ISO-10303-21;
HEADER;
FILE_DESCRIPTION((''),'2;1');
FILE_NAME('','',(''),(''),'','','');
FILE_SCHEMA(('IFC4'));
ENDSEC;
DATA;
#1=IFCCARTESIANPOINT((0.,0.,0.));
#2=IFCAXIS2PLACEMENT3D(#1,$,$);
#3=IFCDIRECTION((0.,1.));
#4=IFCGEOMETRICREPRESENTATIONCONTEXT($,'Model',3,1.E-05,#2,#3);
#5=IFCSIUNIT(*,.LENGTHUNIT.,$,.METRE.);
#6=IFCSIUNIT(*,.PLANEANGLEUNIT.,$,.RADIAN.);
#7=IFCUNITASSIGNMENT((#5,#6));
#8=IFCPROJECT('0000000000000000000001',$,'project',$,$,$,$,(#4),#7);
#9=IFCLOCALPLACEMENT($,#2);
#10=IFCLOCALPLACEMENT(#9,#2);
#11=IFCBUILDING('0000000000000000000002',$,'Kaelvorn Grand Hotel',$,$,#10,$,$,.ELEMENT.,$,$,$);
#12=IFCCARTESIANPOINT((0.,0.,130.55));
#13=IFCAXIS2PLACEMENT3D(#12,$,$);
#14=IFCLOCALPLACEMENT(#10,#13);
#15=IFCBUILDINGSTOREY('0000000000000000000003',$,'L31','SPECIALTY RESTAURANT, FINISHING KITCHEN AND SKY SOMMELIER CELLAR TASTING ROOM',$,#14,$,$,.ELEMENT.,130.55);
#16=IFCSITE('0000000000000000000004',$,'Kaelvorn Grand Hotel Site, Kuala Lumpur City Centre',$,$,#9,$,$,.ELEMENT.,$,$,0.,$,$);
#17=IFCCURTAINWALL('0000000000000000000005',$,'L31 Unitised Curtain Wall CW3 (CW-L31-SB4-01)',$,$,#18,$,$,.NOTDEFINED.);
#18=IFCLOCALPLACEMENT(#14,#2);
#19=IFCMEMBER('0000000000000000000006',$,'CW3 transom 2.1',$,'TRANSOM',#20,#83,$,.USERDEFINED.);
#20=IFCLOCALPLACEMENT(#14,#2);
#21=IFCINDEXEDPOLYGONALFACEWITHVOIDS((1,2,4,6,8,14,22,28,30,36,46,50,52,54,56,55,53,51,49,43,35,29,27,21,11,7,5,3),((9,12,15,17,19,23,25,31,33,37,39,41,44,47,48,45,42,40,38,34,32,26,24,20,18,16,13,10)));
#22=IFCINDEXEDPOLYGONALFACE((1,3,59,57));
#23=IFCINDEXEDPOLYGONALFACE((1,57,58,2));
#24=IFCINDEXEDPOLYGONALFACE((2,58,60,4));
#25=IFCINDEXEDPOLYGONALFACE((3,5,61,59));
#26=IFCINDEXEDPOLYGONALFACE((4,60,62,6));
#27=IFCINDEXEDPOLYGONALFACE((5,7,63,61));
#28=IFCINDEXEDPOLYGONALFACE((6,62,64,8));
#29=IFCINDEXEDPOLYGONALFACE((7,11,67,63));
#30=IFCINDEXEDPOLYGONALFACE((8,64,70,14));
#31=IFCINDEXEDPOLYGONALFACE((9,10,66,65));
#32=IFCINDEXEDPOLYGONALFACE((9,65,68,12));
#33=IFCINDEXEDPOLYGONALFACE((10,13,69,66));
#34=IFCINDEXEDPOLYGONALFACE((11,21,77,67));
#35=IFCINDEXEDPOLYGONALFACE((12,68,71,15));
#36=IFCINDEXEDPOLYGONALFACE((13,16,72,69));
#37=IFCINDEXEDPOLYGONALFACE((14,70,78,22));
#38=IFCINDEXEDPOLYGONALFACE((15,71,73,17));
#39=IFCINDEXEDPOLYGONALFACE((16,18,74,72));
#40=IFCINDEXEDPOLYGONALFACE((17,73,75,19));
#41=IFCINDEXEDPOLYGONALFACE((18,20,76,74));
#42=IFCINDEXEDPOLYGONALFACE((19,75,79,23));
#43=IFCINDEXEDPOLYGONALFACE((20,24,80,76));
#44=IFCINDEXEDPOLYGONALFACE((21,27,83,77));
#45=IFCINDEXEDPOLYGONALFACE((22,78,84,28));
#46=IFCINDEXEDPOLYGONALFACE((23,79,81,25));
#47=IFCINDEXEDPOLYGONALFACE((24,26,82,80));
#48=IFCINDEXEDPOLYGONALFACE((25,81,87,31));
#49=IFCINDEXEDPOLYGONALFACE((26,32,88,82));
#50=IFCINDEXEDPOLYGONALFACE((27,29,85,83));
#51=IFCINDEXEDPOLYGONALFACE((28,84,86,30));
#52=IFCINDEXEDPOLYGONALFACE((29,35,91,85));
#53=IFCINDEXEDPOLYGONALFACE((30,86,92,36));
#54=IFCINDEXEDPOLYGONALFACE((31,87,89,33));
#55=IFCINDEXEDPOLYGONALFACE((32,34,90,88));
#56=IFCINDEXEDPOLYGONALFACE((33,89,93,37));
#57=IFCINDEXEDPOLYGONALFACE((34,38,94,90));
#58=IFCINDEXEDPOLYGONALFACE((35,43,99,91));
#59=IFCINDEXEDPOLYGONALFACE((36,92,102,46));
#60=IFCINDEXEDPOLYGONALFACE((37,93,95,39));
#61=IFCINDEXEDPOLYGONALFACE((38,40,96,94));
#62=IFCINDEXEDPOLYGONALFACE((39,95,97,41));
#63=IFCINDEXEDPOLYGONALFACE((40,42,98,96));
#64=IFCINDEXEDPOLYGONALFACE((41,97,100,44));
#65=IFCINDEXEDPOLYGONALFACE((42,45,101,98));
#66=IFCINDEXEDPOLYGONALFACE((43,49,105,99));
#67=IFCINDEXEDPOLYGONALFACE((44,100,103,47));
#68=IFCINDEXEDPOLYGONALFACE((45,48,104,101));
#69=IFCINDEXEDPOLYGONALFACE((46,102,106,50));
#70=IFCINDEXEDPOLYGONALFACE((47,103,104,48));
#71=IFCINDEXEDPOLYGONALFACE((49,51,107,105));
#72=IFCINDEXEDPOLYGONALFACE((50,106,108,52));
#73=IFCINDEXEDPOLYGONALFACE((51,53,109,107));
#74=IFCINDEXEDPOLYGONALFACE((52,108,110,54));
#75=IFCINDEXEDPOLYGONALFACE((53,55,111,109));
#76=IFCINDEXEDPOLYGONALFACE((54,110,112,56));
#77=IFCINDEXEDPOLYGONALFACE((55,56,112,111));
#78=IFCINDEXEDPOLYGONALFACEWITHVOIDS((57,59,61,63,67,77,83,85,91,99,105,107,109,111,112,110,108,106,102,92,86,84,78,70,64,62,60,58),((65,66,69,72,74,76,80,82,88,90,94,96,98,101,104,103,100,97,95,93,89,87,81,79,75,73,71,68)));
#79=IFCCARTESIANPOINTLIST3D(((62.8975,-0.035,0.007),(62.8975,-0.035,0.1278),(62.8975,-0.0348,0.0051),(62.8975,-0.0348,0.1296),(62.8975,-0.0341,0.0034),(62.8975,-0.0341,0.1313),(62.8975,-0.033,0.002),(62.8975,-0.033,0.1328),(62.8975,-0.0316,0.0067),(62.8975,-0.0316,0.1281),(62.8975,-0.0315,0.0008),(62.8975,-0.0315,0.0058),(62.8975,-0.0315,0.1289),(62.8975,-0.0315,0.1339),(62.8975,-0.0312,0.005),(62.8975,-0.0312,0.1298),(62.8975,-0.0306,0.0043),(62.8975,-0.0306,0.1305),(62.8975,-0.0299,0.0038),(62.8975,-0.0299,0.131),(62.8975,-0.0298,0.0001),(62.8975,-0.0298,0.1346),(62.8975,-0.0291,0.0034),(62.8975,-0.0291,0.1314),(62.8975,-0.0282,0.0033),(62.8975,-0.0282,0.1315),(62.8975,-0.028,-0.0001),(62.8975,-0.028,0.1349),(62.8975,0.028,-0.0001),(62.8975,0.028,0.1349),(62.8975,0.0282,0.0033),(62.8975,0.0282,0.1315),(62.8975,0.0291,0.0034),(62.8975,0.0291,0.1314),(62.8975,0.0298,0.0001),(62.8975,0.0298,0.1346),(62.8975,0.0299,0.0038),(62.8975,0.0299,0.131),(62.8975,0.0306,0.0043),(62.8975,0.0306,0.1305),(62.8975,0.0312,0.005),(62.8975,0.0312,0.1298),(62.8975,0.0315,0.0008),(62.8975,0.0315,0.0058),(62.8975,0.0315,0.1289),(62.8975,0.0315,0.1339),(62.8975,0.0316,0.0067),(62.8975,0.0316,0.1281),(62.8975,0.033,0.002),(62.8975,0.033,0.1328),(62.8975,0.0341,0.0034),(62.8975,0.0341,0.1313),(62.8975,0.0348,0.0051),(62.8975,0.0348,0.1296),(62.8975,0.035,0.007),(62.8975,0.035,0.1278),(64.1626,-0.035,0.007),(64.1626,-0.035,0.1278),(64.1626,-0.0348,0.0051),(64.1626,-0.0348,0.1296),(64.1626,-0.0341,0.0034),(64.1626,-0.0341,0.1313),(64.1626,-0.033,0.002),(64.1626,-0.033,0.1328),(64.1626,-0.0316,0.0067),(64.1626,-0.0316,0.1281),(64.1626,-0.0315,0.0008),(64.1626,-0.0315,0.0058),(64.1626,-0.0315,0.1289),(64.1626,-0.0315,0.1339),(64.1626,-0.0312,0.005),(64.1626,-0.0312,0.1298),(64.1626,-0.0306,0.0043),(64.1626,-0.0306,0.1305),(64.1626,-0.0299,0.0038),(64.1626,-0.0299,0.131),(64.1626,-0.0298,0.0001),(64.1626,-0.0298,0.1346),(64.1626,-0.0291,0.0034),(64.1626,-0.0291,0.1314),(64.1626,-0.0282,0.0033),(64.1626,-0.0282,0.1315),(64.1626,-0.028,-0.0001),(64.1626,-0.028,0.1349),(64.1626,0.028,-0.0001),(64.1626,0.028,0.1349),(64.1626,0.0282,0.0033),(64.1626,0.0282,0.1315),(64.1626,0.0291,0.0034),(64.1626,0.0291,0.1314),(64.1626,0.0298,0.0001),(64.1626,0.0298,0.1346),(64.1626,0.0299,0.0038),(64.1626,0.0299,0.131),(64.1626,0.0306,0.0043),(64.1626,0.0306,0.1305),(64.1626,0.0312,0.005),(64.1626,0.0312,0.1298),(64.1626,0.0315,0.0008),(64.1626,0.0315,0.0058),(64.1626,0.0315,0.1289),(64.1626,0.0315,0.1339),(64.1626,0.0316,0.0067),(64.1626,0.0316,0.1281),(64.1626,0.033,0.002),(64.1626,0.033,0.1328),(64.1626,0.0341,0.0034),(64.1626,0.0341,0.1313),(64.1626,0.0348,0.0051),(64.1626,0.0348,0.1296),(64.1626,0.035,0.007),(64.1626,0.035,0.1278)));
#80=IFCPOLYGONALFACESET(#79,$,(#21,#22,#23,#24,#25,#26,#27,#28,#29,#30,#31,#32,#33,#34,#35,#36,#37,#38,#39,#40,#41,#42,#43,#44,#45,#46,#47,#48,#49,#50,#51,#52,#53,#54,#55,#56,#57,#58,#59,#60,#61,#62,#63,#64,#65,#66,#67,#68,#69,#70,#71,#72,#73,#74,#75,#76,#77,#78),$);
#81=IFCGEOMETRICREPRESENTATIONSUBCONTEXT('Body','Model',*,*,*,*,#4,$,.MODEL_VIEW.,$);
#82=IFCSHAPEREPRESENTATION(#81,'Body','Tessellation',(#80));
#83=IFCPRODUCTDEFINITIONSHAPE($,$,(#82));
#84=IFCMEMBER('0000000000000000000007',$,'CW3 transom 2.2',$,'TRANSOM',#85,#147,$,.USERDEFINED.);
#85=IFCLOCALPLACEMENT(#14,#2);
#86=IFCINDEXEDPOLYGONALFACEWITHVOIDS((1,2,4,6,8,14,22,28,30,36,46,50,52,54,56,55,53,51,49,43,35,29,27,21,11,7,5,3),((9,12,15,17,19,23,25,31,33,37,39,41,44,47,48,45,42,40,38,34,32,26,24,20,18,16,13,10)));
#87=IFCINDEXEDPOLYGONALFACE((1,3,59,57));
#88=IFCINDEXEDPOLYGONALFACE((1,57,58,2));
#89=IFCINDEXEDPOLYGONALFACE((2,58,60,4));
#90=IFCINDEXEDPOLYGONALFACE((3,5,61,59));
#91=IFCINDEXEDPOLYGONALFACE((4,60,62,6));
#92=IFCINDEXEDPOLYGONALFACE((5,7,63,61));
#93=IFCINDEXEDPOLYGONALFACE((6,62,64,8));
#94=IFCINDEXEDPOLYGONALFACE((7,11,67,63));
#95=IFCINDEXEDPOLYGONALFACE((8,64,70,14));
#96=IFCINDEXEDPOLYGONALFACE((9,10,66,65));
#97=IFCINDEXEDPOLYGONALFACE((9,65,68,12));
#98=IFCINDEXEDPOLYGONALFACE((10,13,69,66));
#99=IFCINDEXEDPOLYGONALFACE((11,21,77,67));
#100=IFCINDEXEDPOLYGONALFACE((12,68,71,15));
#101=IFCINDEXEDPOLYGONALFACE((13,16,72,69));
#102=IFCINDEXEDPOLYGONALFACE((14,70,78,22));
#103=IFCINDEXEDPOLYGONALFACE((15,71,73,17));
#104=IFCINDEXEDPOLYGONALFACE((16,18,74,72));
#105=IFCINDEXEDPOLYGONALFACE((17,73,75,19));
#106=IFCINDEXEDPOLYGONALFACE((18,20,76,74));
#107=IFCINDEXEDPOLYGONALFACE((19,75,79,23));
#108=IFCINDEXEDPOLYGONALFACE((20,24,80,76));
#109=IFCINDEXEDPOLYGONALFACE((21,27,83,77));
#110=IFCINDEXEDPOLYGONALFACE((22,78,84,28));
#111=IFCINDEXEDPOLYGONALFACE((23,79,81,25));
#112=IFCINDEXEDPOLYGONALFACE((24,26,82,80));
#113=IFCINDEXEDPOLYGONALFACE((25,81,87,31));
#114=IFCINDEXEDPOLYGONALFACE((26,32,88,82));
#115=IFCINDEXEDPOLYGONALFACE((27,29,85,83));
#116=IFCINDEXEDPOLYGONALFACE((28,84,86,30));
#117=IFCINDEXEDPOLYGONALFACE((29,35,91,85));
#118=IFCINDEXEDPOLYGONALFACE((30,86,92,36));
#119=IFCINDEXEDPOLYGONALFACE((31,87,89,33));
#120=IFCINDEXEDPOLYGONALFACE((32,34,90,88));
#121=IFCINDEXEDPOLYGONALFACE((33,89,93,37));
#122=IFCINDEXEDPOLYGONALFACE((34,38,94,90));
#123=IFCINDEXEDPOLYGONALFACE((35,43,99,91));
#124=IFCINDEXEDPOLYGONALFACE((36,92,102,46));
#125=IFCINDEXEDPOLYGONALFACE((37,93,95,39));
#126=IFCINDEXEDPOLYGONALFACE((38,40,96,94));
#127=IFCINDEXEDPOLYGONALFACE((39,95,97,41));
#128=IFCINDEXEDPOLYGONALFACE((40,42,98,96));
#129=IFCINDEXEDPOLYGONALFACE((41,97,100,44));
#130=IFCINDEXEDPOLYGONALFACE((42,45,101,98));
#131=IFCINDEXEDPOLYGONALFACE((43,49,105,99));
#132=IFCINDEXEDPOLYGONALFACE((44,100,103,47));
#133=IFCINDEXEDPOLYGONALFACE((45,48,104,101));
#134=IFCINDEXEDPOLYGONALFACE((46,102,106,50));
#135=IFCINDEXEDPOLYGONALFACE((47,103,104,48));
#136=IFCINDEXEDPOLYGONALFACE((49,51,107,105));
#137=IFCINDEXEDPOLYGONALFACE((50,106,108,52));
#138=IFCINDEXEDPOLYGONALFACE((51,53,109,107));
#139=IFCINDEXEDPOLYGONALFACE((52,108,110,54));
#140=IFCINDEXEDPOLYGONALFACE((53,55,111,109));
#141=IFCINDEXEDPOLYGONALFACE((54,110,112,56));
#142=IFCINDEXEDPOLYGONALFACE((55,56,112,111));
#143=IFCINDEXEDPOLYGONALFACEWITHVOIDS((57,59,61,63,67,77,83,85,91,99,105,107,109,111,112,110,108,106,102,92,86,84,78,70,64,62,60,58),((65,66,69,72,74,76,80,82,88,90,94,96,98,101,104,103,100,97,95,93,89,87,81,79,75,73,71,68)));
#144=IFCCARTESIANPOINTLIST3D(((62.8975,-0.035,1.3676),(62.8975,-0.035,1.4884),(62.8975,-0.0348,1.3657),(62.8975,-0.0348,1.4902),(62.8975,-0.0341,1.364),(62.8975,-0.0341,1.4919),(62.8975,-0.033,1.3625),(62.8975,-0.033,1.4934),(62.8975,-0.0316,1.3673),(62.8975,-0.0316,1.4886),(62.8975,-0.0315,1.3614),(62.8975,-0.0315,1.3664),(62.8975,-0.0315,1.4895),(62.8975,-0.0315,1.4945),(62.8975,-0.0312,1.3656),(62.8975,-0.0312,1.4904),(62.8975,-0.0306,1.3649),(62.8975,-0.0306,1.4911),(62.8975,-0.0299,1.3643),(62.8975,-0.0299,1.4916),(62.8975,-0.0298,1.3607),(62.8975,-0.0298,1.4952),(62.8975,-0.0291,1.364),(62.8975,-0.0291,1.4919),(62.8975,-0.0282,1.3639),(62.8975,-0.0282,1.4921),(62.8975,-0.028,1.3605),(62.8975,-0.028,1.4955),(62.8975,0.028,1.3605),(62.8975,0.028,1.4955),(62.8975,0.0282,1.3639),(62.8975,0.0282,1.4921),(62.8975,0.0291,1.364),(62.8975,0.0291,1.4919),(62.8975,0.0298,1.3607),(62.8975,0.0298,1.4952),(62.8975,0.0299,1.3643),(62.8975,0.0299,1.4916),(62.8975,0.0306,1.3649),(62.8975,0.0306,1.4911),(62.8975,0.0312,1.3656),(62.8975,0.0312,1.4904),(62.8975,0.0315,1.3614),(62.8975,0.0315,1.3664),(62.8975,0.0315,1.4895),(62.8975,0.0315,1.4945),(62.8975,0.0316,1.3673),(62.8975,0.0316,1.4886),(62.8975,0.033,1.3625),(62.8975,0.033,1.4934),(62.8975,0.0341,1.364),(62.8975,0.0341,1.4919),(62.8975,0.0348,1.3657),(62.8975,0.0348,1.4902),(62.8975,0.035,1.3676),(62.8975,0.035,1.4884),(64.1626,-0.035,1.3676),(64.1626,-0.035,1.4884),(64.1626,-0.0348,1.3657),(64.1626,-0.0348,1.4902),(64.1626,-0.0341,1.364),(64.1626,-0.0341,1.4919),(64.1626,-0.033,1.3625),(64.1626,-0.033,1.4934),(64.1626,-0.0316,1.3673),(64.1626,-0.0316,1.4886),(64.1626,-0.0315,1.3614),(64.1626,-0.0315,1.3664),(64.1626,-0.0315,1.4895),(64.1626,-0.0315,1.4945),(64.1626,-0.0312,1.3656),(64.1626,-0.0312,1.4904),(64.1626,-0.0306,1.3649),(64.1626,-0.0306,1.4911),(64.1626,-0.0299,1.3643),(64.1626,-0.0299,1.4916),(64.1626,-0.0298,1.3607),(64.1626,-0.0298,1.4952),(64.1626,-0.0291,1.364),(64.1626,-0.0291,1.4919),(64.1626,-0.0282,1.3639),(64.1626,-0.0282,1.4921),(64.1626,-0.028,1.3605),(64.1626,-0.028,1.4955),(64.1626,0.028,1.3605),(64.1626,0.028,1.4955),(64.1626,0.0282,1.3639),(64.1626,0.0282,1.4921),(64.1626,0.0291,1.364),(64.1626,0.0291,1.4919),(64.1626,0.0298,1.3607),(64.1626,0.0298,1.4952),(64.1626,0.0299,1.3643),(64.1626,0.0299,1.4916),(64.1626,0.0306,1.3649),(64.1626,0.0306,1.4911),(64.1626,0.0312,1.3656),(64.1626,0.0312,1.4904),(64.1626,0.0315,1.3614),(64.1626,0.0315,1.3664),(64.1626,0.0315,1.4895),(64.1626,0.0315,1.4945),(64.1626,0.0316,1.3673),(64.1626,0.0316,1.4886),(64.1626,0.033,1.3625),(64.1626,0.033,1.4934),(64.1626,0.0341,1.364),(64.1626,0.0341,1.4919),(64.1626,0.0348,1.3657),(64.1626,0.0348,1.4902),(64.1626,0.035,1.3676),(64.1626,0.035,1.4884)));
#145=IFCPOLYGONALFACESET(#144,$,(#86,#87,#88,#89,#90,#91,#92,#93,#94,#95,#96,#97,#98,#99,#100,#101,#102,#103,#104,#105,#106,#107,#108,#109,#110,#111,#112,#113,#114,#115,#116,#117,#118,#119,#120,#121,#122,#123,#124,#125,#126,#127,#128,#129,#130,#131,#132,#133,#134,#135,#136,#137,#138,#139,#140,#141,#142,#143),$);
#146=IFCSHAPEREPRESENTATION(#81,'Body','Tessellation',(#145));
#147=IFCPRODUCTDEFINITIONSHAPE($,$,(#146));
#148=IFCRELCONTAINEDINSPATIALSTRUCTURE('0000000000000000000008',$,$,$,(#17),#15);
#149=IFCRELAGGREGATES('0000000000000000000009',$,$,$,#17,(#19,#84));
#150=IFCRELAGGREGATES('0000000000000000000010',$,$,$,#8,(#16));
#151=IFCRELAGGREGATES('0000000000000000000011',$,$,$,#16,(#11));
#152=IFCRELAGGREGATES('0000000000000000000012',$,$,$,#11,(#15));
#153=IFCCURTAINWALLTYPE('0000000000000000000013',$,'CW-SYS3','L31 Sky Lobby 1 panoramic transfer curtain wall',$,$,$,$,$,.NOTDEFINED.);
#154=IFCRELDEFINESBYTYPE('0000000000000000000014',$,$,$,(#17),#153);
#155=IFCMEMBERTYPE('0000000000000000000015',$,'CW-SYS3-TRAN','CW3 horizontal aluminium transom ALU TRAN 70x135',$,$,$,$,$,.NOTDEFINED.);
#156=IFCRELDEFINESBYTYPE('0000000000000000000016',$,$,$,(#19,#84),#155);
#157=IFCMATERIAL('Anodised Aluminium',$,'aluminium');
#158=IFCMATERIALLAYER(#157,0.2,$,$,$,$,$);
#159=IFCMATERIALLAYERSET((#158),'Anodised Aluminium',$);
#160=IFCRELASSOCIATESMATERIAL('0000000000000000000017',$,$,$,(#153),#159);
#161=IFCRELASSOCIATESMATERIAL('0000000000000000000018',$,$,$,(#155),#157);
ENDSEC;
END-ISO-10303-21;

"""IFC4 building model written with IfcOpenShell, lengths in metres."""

from ifc_helpers import new_model, si_unit, direction, frame, origin, origin_2d, place, context, subcontext, project, spatial, hollow_rectangle, extrude, material, layer, layer_set, material_profile, profile_set, type_object, element, aggregate, save


model = new_model("IFC4")

# Units and contexts
model_context = context("Model", 3, precision=1e-05, world=origin(), true_north=direction((0.0, 1.0)))
body_context = subcontext(model_context, "Body", "Model", "MODEL_VIEW")
ifc_project = project(units=[si_unit("LENGTHUNIT", "METRE"), si_unit("PLANEANGLEUNIT", "RADIAN")], contexts=[model_context])

# Site, building, storey
site_placement = place(None, origin())
site = spatial("IfcSite", under=ifc_project, at=site_placement, Name="Kaelvorn Grand Hotel Site, Kuala Lumpur City Centre", CompositionType="ELEMENT", RefElevation=0.0)
building_placement = place(site_placement, origin())
building = spatial("IfcBuilding", under=site, at=building_placement, Name="Kaelvorn Grand Hotel", CompositionType="ELEMENT")
storey_placement = place(building_placement, frame((0.0, 0.0, 130.55)))
storey = spatial("IfcBuildingStorey", under=building, at=storey_placement, Name="L31", Description="SPECIALTY RESTAURANT, FINISHING KITCHEN AND SKY SOMMELIER CELLAR TASTING ROOM", CompositionType="ELEMENT", Elevation=130.55)

# Curtain wall
ifc_material_1 = material(Name="Anodised Aluminium", Category="aluminium")
ifc_layer_1 = layer(ifc_material_1, 0.2)
ifc_layer_set_1 = layer_set([ifc_layer_1], Name="Anodised Aluminium")
curtain_wall_type = type_object("IfcCurtainWallType", Name="CW-SYS3", Description="L31 Sky Lobby 1 panoramic transfer curtain wall", PredefinedType="NOTDEFINED", material=ifc_layer_set_1)
curtain_wall_1_placement = place(storey_placement, origin())
curtain_wall_1 = element("IfcCurtainWall", 1, at=curtain_wall_1_placement, inside=storey, type_object=curtain_wall_type, Name="L31 Unitised Curtain Wall CW3 (CW-L31-SB4-01)", PredefinedType="NOTDEFINED")

# Members
ifc_material_profile_1 = material_profile(ifc_material_1, hollow_rectangle(XDim=0.0701, YDim=0.135, WallThickness=0.0034, InnerFilletRadius=0.0034, OuterFilletRadius=0.0071, at=origin_2d()), Name="ALU TRAN 70x135")
ifc_profile_set_1 = profile_set([ifc_material_profile_1], Name="Anodised Aluminium")
member_type_1 = type_object("IfcMemberType", Name="CW-SYS3-TRAN", Description="CW3 horizontal aluminium transom ALU TRAN 70x135", PredefinedType="NOTDEFINED", material=ifc_profile_set_1)
member_1_placement = place(storey_placement, frame((62.8975, 0.0, 0.0674), z_axis=(1.0, 0.0, 0.0), x_axis=(0.0, 1.0, 0.0)))
member_1 = element("IfcMember", 2, at=member_1_placement, type_object=member_type_1, Name="CW3 transom 2.1", ObjectType="TRANSOM", PredefinedType="USERDEFINED", context=body_context, shape_type="SweptSolid", body=[
    extrude(hollow_rectangle(XDim=0.0701, YDim=0.135, WallThickness=0.0034, InnerFilletRadius=0.0034, OuterFilletRadius=0.0071, at=origin_2d()), origin(), (0.0, 0.0, 1.0), 1.2651),
])
member_2_placement = place(storey_placement, frame((62.8975, 0.0, 1.428), z_axis=(1.0, 0.0, 0.0), x_axis=(0.0, 1.0, 0.0)))
member_2 = element("IfcMember", 3, at=member_2_placement, type_object=member_type_1, Name="CW3 transom 2.2", ObjectType="TRANSOM", PredefinedType="USERDEFINED", context=body_context, shape_type="SweptSolid", body=[
    extrude(hollow_rectangle(XDim=0.0701, YDim=0.135, WallThickness=0.0034, InnerFilletRadius=0.0034, OuterFilletRadius=0.0071, at=origin_2d()), origin(), (0.0, 0.0, 1.0), 1.2651),
])

aggregate(curtain_wall_1, [member_1, member_2])

save(model, "model.ifc")
